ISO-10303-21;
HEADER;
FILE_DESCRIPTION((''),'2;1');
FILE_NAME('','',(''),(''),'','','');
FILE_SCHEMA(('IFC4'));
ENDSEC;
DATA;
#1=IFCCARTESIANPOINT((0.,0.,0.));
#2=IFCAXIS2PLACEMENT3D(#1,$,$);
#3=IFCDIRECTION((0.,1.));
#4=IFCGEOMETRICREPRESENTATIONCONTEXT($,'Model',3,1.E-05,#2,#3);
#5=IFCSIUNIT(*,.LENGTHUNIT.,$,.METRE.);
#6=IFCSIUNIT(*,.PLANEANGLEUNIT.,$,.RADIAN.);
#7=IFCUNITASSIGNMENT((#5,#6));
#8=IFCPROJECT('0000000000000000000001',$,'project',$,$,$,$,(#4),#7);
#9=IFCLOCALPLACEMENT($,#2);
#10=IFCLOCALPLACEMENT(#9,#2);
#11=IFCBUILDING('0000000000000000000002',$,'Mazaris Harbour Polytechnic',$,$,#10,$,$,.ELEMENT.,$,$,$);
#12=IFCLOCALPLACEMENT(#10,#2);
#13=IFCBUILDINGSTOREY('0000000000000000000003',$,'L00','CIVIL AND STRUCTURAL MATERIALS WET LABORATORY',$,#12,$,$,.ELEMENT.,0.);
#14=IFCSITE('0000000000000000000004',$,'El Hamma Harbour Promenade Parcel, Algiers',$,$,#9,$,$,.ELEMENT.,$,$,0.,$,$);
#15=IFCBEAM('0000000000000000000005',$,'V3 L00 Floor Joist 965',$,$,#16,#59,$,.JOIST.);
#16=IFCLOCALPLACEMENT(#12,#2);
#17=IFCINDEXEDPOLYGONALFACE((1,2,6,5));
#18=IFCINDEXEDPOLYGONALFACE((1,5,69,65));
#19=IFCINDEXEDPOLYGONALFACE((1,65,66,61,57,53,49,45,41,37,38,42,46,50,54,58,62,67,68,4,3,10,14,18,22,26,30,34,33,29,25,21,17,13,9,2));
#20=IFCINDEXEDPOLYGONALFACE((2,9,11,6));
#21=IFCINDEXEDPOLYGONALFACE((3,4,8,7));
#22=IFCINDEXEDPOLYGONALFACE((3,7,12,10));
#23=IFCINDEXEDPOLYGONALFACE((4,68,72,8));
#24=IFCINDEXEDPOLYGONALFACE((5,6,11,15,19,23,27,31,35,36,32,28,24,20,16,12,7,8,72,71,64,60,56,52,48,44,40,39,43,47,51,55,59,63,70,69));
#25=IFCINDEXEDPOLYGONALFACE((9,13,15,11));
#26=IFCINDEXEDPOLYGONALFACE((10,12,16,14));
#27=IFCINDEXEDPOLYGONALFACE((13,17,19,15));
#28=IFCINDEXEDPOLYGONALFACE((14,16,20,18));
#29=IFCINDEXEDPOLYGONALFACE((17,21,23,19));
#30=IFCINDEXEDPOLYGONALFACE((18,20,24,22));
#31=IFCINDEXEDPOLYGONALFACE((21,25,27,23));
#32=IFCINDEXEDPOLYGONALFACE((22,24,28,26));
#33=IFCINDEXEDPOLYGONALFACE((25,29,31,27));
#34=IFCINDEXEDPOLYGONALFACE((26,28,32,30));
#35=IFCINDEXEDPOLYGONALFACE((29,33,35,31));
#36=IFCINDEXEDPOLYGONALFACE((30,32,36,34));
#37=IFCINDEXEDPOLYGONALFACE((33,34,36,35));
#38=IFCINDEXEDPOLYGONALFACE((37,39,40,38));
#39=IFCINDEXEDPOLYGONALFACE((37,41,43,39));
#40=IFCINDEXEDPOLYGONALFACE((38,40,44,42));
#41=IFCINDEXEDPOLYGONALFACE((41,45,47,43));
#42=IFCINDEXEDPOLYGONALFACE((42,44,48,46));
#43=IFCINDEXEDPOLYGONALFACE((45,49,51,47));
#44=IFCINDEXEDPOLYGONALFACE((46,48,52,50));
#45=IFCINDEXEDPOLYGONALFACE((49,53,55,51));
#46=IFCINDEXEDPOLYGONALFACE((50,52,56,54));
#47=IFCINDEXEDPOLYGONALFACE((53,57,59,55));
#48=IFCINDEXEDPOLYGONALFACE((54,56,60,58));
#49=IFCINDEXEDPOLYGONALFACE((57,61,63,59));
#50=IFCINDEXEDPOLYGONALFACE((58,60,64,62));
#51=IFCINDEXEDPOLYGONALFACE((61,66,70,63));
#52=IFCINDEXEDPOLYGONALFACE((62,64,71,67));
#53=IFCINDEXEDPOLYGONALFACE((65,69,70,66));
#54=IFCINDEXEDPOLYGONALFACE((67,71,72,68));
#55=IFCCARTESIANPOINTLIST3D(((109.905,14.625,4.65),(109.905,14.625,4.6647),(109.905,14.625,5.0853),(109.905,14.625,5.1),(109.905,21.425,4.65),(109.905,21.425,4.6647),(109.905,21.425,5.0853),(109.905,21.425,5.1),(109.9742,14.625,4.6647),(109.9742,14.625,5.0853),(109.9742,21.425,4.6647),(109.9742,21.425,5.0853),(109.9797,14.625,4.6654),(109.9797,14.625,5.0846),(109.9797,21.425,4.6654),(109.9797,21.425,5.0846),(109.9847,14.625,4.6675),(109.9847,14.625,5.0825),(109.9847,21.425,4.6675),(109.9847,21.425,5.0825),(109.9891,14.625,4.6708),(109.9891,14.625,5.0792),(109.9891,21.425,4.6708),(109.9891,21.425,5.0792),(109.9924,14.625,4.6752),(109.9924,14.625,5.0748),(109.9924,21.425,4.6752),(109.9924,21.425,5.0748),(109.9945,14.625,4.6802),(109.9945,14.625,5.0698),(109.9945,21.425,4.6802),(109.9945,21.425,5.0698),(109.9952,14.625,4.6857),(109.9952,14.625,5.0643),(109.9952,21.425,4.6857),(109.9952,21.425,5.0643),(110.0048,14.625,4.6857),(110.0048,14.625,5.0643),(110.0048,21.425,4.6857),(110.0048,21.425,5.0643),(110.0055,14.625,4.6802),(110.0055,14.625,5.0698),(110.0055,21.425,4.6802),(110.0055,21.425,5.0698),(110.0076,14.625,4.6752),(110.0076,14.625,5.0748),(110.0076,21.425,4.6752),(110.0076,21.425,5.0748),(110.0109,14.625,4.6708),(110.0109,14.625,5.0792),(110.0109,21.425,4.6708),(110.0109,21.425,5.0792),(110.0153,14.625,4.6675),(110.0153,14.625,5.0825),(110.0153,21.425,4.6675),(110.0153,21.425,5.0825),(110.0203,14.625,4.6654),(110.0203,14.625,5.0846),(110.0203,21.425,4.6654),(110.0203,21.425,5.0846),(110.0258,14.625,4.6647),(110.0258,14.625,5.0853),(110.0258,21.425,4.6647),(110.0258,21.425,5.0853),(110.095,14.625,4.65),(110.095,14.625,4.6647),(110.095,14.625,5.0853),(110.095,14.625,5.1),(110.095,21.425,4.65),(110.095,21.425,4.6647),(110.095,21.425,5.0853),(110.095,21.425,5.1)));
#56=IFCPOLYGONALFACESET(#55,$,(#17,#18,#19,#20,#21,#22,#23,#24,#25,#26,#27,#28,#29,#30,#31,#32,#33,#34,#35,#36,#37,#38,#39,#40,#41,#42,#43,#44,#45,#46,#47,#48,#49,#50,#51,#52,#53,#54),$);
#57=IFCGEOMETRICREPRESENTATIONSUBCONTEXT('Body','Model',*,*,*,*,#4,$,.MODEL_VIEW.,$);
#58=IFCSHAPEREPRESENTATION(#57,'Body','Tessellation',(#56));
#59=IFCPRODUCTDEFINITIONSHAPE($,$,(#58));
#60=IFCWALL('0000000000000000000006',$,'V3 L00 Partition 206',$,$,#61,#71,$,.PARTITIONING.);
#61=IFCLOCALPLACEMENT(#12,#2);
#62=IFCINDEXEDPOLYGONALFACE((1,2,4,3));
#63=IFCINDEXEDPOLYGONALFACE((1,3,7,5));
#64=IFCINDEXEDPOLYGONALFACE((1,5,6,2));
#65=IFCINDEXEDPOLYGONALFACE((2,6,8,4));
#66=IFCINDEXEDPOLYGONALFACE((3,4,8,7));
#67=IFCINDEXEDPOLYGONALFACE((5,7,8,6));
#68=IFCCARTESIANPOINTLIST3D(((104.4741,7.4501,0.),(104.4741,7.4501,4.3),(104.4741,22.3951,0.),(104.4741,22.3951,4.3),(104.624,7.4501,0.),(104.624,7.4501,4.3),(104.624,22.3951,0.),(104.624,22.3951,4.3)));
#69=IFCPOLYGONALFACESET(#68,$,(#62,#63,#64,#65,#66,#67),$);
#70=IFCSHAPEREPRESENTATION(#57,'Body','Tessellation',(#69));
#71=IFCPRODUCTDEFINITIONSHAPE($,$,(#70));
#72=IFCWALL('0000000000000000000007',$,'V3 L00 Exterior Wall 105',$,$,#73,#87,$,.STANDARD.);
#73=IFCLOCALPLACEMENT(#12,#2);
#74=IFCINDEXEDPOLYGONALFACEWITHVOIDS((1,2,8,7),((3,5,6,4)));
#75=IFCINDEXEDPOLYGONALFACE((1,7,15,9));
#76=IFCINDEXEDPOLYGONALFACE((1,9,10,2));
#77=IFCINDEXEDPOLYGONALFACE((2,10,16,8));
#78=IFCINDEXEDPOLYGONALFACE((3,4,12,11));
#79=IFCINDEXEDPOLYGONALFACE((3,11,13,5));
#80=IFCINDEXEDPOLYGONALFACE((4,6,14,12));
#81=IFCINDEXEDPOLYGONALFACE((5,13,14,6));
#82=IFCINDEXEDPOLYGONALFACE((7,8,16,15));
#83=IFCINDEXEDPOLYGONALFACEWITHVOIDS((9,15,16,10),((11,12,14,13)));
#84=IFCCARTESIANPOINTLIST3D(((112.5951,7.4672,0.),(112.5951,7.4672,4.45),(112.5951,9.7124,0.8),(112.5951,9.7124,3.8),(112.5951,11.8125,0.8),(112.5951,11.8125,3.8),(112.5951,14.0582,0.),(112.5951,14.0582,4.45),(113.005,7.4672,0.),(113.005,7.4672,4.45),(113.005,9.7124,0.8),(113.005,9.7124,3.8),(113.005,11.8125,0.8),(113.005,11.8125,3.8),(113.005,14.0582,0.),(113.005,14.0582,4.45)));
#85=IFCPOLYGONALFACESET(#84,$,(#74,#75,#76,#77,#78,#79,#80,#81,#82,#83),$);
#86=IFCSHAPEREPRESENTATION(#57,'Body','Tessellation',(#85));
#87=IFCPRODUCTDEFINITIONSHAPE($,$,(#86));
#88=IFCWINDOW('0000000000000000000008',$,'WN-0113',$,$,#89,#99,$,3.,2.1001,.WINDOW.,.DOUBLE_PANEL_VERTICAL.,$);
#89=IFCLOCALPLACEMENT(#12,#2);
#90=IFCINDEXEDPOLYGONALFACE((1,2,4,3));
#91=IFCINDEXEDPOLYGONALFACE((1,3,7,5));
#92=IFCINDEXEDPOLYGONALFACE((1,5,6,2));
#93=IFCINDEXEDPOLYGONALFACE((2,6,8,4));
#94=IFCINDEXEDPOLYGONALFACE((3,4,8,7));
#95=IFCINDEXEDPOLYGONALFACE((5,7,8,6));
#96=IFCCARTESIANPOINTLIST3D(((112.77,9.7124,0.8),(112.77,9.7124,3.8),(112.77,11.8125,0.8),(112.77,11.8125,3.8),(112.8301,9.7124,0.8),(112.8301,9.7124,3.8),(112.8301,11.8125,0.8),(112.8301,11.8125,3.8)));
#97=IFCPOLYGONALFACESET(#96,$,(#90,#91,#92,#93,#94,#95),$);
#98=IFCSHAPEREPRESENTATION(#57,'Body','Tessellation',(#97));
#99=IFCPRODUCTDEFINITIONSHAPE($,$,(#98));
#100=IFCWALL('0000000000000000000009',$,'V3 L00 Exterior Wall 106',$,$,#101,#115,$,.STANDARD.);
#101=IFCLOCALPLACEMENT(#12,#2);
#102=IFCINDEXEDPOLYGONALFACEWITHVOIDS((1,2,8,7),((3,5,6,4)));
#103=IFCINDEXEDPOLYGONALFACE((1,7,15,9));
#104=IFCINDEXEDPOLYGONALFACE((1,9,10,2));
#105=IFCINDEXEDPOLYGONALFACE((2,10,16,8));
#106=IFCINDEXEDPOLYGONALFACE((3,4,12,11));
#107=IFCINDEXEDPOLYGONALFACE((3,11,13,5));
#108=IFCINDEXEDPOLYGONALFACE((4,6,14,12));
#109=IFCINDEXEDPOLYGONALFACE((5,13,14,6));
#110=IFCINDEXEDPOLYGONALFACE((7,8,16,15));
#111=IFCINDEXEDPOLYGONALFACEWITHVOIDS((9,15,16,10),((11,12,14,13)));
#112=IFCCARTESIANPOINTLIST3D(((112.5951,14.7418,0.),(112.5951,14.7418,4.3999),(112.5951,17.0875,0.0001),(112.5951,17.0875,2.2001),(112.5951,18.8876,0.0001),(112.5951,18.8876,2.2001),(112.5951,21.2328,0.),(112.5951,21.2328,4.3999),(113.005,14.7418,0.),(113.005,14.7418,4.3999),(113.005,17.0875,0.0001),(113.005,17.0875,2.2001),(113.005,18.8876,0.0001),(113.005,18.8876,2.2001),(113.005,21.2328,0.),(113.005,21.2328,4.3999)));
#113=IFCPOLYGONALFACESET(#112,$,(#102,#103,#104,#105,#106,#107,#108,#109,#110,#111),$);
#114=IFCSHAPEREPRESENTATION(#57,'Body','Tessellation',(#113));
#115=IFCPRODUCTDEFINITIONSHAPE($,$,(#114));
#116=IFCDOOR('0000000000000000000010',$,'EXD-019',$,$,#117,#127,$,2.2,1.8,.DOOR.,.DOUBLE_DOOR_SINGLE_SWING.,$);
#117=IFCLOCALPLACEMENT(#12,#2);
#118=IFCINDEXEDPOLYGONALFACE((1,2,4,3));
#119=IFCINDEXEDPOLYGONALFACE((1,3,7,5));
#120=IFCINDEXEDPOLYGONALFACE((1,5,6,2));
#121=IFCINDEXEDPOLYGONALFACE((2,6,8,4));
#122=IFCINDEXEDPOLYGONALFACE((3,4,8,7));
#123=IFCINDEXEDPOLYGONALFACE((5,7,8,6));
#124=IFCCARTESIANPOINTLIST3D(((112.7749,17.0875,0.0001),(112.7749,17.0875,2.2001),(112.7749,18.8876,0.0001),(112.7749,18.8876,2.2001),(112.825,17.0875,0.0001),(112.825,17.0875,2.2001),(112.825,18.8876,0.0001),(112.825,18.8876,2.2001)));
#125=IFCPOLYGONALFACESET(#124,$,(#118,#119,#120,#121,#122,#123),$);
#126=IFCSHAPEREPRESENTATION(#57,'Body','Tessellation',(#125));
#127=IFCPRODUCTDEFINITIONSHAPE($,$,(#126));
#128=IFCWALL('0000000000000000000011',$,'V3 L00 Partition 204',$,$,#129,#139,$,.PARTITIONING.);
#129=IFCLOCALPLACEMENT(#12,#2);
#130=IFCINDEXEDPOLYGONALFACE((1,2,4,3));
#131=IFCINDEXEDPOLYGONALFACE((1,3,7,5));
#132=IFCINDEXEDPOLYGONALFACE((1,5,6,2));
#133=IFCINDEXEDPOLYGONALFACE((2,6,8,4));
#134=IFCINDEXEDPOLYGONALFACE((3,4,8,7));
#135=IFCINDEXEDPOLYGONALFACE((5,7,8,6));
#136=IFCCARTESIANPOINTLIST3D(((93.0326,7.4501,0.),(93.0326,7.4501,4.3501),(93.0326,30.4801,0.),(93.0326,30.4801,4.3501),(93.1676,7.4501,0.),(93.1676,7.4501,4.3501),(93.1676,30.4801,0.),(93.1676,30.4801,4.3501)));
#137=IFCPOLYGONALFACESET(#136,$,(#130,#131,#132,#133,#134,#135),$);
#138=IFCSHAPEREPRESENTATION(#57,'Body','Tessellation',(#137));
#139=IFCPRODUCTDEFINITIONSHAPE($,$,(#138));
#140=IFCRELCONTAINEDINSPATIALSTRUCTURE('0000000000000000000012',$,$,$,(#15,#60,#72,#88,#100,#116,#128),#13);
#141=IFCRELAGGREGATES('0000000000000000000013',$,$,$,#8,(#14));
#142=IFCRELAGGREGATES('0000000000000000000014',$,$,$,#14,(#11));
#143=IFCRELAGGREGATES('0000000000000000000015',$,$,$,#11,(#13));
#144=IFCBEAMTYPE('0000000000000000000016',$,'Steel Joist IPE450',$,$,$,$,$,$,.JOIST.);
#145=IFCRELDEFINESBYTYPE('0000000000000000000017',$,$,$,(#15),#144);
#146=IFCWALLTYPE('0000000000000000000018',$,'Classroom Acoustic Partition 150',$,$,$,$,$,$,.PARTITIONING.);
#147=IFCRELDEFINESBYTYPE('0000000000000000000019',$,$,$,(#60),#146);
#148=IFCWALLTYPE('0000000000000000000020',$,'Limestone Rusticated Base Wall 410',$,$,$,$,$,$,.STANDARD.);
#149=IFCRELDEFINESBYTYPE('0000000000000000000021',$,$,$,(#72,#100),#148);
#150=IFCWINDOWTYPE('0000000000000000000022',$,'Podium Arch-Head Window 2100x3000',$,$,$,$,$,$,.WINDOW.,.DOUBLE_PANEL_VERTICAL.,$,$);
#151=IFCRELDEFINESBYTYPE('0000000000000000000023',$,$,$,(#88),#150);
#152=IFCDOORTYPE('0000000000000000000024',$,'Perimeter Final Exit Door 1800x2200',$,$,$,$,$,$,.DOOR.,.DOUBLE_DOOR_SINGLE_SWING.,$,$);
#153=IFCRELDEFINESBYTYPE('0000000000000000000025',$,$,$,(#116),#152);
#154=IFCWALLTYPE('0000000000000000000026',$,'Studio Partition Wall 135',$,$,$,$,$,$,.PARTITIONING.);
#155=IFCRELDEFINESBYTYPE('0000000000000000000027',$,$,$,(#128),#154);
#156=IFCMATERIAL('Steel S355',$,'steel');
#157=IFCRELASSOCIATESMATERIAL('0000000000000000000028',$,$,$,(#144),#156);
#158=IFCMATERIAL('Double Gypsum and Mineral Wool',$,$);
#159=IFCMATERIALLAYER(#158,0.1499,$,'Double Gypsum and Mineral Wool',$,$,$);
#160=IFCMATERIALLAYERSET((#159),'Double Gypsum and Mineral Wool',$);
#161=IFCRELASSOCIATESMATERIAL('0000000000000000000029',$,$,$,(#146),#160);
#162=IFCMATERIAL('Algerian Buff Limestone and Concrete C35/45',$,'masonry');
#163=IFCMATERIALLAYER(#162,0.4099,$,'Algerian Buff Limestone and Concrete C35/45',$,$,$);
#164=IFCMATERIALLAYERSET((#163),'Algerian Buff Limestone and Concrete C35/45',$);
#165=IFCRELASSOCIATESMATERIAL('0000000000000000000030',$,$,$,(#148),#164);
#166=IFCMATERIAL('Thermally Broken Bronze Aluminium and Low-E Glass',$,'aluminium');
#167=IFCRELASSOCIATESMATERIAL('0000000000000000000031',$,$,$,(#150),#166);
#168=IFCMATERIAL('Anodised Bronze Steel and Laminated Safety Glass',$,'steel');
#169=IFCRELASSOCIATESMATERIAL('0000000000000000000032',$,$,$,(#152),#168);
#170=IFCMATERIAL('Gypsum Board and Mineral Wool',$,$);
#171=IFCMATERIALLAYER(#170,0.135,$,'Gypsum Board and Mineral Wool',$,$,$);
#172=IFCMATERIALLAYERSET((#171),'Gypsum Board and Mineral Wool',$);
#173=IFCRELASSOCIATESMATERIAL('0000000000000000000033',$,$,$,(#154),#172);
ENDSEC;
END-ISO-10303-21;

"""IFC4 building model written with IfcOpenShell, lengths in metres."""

from ifc_helpers import new_model, si_unit, direction, frame, frame_2d, origin, origin_2d, place, context, subcontext, project, spatial, rectangle, i_section, extrude, material, layer, layer_set, material_profile, profile_set, type_object, element, fill, save


model = new_model("IFC4")

# Units and contexts
model_context = context("Model", 3, precision=1e-05, world=origin(), true_north=direction((0.0, 1.0)))
body_context = subcontext(model_context, "Body", "Model", "MODEL_VIEW")
ifc_project = project(units=[si_unit("LENGTHUNIT", "METRE"), si_unit("PLANEANGLEUNIT", "RADIAN")], contexts=[model_context])

# Site, building, storey
site_placement = place(None, origin())
site = spatial("IfcSite", under=ifc_project, at=site_placement, Name="El Hamma Harbour Promenade Parcel, Algiers", CompositionType="ELEMENT", RefElevation=0.0)
building_placement = place(site_placement, origin())
building = spatial("IfcBuilding", under=site, at=building_placement, Name="Mazaris Harbour Polytechnic", CompositionType="ELEMENT")
storey_placement = place(building_placement, origin())
storey = spatial("IfcBuildingStorey", under=building, at=storey_placement, Name="L00", Description="CIVIL AND STRUCTURAL MATERIALS WET LABORATORY", CompositionType="ELEMENT", Elevation=0.0)

# Beam
ifc_material_1 = material(Name="Steel S355", Category="steel")
ifc_material_profile_1 = material_profile(ifc_material_1, i_section(OverallWidth=0.1899, OverallDepth=0.45, WebThickness=0.0095, FlangeThickness=0.0146, FilletRadius=0.021, at=origin_2d()), Name="IPE 450")
ifc_profile_set_1 = profile_set([ifc_material_profile_1], Name="Steel S355")
beam_type_1 = type_object("IfcBeamType", Name="Steel Joist IPE450", PredefinedType="JOIST", material=ifc_profile_set_1)
beam_1_placement = place(storey_placement, frame((110.0, 14.625, 4.875), z_axis=(0.0, 1.0, 0.0), x_axis=(-1.0, 0.0, 0.0)))
element("IfcBeam", 1, at=beam_1_placement, inside=storey, type_object=beam_type_1, Name="V3 L00 Floor Joist 965", PredefinedType="JOIST", context=body_context, shape_type="SweptSolid", body=[
    extrude(i_section(OverallWidth=0.1899, OverallDepth=0.45, WebThickness=0.0095, FlangeThickness=0.0146, FilletRadius=0.021, at=origin_2d()), origin(), (0.0, 0.0, 1.0), 6.8),
])

# Wall
ifc_material_2 = material(Name="Double Gypsum and Mineral Wool")
ifc_layer_1 = layer(ifc_material_2, 0.1499, Name="Double Gypsum and Mineral Wool")
ifc_layer_set_1 = layer_set([ifc_layer_1], Name="Double Gypsum and Mineral Wool")
wall_type_1 = type_object("IfcWallType", Name="Classroom Acoustic Partition 150", PredefinedType="PARTITIONING", material=ifc_layer_set_1)
wall_1_placement = place(storey_placement, frame((104.5491, 7.45, 0.0), z_axis=(0.0, 0.0, 1.0), x_axis=(0.0, 1.0, 0.0)))
element("IfcWall", 2, at=wall_1_placement, inside=storey, type_object=wall_type_1, Name="V3 L00 Partition 206", PredefinedType="PARTITIONING", context=body_context, shape_type="SweptSolid", body=[
    extrude(rectangle(XDim=14.9451, YDim=0.1499, at=frame_2d((7.4727, 0.0))), origin(), (0.0, 0.0, 1.0), 4.3),
])

# Wall, opening, window
ifc_material_3 = material(Name="Algerian Buff Limestone and Concrete C35/45", Category="masonry")
ifc_layer_2 = layer(ifc_material_3, 0.4099, Name="Algerian Buff Limestone and Concrete C35/45")
ifc_layer_set_2 = layer_set([ifc_layer_2], Name="Algerian Buff Limestone and Concrete C35/45")
wall_type_2 = type_object("IfcWallType", Name="Limestone Rusticated Base Wall 410", PredefinedType="STANDARD", material=ifc_layer_set_2)
wall_2_placement = place(storey_placement, frame((112.8, 14.0581, 0.0), z_axis=(0.0, 0.0, 1.0), x_axis=(0.0, -1.0, 0.0)))
wall_2 = element("IfcWall", 3, at=wall_2_placement, inside=storey, type_object=wall_type_2, Name="V3 L00 Exterior Wall 105", PredefinedType="STANDARD", context=body_context, shape_type="SweptSolid", body=[
    extrude(rectangle(XDim=6.5911, YDim=0.4099, at=frame_2d((3.2954, 0.0))), origin(), (0.0, 0.0, 1.0), 4.45),
])
opening_1_placement = place(wall_2_placement, frame((2.2456, 0.0, 0.8)))
opening_1 = element("IfcOpeningElement", 4, at=opening_1_placement, cuts=wall_2, PredefinedType="OPENING", context=body_context, shape_type="SweptSolid", body=[
    extrude(rectangle(XDim=2.1001, YDim=3.0, at=frame_2d((1.05, 1.5))), frame((0.0, 0.2148, 0.0), z_axis=(0.0, -1.0, 0.0), x_axis=(1.0, 0.0, 0.0)), (0.0, 0.0, 1.0), 0.4299),
])
ifc_material_4 = material(Name="Thermally Broken Bronze Aluminium and Low-E Glass", Category="aluminium")
window_type = type_object("IfcWindowType", Name="Podium Arch-Head Window 2100x3000", PartitioningType="DOUBLE_PANEL_VERTICAL", PredefinedType="WINDOW", material=ifc_material_4)
window_placement = place(opening_1_placement, origin())
window = element("IfcWindow", 5, at=window_placement, inside=storey, type_object=window_type, Name="WN-0113", OverallHeight=3.0, OverallWidth=2.1001, PartitioningType="DOUBLE_PANEL_VERTICAL", PredefinedType="WINDOW", context=body_context, shape_type="SweptSolid", body=[
    extrude(rectangle(XDim=2.1001, YDim=3.0, at=frame_2d((1.05, 1.5))), frame((0.0, 0.03, 0.0), z_axis=(0.0, -1.0, 0.0), x_axis=(1.0, 0.0, 0.0)), (0.0, 0.0, 1.0), 0.0601),
])
fill(opening_1, window)

# Wall, opening, door
wall_3_placement = place(storey_placement, frame((112.8, 21.2329, 0.0), z_axis=(0.0, 0.0, 1.0), x_axis=(0.0, -1.0, 0.0)))
wall_3 = element("IfcWall", 6, at=wall_3_placement, inside=storey, type_object=wall_type_2, Name="V3 L00 Exterior Wall 106", PredefinedType="STANDARD", context=body_context, shape_type="SweptSolid", body=[
    extrude(rectangle(XDim=6.491, YDim=0.4099, at=frame_2d((3.2456, 0.0))), origin(), (0.0, 0.0, 1.0), 4.3999),
])
opening_2_placement = place(wall_3_placement, frame((2.3455, 0.0, 0.0)))
opening_2 = element("IfcOpeningElement", 7, at=opening_2_placement, cuts=wall_3, PredefinedType="OPENING", context=body_context, shape_type="SweptSolid", body=[
    extrude(rectangle(XDim=1.8, YDim=2.2, at=frame_2d((0.8999, 1.1001))), frame((0.0, 0.2148, 0.0), z_axis=(0.0, -1.0, 0.0), x_axis=(1.0, 0.0, 0.0)), (0.0, 0.0, 1.0), 0.4299),
])
ifc_material_5 = material(Name="Anodised Bronze Steel and Laminated Safety Glass", Category="steel")
door_type = type_object("IfcDoorType", Name="Perimeter Final Exit Door 1800x2200", OperationType="DOUBLE_DOOR_SINGLE_SWING", PredefinedType="DOOR", material=ifc_material_5)
door_placement = place(opening_2_placement, origin())
door = element("IfcDoor", 8, at=door_placement, inside=storey, type_object=door_type, Name="EXD-019", OperationType="DOUBLE_DOOR_SINGLE_SWING", OverallHeight=2.2, OverallWidth=1.8, PredefinedType="DOOR", context=body_context, shape_type="SweptSolid", body=[
    extrude(rectangle(XDim=1.8, YDim=2.2, at=frame_2d((0.8999, 1.1001))), frame((0.0, 0.0249, 0.0), z_axis=(0.0, -1.0, 0.0), x_axis=(1.0, 0.0, 0.0)), (0.0, 0.0, 1.0), 0.05),
])
fill(opening_2, door)

# Wall
ifc_material_6 = material(Name="Gypsum Board and Mineral Wool")
ifc_layer_3 = layer(ifc_material_6, 0.135, Name="Gypsum Board and Mineral Wool")
ifc_layer_set_3 = layer_set([ifc_layer_3], Name="Gypsum Board and Mineral Wool")
wall_type_3 = type_object("IfcWallType", Name="Studio Partition Wall 135", PredefinedType="PARTITIONING", material=ifc_layer_set_3)
wall_4_placement = place(storey_placement, frame((93.1001, 7.45, 0.0), z_axis=(0.0, 0.0, 1.0), x_axis=(0.0, 1.0, 0.0)))
element("IfcWall", 9, at=wall_4_placement, inside=storey, type_object=wall_type_3, Name="V3 L00 Partition 204", PredefinedType="PARTITIONING", context=body_context, shape_type="SweptSolid", body=[
    extrude(rectangle(XDim=23.03, YDim=0.135, at=frame_2d((11.5151, 0.0))), origin(), (0.0, 0.0, 1.0), 4.3501),
])

save(model, "model.ifc")
